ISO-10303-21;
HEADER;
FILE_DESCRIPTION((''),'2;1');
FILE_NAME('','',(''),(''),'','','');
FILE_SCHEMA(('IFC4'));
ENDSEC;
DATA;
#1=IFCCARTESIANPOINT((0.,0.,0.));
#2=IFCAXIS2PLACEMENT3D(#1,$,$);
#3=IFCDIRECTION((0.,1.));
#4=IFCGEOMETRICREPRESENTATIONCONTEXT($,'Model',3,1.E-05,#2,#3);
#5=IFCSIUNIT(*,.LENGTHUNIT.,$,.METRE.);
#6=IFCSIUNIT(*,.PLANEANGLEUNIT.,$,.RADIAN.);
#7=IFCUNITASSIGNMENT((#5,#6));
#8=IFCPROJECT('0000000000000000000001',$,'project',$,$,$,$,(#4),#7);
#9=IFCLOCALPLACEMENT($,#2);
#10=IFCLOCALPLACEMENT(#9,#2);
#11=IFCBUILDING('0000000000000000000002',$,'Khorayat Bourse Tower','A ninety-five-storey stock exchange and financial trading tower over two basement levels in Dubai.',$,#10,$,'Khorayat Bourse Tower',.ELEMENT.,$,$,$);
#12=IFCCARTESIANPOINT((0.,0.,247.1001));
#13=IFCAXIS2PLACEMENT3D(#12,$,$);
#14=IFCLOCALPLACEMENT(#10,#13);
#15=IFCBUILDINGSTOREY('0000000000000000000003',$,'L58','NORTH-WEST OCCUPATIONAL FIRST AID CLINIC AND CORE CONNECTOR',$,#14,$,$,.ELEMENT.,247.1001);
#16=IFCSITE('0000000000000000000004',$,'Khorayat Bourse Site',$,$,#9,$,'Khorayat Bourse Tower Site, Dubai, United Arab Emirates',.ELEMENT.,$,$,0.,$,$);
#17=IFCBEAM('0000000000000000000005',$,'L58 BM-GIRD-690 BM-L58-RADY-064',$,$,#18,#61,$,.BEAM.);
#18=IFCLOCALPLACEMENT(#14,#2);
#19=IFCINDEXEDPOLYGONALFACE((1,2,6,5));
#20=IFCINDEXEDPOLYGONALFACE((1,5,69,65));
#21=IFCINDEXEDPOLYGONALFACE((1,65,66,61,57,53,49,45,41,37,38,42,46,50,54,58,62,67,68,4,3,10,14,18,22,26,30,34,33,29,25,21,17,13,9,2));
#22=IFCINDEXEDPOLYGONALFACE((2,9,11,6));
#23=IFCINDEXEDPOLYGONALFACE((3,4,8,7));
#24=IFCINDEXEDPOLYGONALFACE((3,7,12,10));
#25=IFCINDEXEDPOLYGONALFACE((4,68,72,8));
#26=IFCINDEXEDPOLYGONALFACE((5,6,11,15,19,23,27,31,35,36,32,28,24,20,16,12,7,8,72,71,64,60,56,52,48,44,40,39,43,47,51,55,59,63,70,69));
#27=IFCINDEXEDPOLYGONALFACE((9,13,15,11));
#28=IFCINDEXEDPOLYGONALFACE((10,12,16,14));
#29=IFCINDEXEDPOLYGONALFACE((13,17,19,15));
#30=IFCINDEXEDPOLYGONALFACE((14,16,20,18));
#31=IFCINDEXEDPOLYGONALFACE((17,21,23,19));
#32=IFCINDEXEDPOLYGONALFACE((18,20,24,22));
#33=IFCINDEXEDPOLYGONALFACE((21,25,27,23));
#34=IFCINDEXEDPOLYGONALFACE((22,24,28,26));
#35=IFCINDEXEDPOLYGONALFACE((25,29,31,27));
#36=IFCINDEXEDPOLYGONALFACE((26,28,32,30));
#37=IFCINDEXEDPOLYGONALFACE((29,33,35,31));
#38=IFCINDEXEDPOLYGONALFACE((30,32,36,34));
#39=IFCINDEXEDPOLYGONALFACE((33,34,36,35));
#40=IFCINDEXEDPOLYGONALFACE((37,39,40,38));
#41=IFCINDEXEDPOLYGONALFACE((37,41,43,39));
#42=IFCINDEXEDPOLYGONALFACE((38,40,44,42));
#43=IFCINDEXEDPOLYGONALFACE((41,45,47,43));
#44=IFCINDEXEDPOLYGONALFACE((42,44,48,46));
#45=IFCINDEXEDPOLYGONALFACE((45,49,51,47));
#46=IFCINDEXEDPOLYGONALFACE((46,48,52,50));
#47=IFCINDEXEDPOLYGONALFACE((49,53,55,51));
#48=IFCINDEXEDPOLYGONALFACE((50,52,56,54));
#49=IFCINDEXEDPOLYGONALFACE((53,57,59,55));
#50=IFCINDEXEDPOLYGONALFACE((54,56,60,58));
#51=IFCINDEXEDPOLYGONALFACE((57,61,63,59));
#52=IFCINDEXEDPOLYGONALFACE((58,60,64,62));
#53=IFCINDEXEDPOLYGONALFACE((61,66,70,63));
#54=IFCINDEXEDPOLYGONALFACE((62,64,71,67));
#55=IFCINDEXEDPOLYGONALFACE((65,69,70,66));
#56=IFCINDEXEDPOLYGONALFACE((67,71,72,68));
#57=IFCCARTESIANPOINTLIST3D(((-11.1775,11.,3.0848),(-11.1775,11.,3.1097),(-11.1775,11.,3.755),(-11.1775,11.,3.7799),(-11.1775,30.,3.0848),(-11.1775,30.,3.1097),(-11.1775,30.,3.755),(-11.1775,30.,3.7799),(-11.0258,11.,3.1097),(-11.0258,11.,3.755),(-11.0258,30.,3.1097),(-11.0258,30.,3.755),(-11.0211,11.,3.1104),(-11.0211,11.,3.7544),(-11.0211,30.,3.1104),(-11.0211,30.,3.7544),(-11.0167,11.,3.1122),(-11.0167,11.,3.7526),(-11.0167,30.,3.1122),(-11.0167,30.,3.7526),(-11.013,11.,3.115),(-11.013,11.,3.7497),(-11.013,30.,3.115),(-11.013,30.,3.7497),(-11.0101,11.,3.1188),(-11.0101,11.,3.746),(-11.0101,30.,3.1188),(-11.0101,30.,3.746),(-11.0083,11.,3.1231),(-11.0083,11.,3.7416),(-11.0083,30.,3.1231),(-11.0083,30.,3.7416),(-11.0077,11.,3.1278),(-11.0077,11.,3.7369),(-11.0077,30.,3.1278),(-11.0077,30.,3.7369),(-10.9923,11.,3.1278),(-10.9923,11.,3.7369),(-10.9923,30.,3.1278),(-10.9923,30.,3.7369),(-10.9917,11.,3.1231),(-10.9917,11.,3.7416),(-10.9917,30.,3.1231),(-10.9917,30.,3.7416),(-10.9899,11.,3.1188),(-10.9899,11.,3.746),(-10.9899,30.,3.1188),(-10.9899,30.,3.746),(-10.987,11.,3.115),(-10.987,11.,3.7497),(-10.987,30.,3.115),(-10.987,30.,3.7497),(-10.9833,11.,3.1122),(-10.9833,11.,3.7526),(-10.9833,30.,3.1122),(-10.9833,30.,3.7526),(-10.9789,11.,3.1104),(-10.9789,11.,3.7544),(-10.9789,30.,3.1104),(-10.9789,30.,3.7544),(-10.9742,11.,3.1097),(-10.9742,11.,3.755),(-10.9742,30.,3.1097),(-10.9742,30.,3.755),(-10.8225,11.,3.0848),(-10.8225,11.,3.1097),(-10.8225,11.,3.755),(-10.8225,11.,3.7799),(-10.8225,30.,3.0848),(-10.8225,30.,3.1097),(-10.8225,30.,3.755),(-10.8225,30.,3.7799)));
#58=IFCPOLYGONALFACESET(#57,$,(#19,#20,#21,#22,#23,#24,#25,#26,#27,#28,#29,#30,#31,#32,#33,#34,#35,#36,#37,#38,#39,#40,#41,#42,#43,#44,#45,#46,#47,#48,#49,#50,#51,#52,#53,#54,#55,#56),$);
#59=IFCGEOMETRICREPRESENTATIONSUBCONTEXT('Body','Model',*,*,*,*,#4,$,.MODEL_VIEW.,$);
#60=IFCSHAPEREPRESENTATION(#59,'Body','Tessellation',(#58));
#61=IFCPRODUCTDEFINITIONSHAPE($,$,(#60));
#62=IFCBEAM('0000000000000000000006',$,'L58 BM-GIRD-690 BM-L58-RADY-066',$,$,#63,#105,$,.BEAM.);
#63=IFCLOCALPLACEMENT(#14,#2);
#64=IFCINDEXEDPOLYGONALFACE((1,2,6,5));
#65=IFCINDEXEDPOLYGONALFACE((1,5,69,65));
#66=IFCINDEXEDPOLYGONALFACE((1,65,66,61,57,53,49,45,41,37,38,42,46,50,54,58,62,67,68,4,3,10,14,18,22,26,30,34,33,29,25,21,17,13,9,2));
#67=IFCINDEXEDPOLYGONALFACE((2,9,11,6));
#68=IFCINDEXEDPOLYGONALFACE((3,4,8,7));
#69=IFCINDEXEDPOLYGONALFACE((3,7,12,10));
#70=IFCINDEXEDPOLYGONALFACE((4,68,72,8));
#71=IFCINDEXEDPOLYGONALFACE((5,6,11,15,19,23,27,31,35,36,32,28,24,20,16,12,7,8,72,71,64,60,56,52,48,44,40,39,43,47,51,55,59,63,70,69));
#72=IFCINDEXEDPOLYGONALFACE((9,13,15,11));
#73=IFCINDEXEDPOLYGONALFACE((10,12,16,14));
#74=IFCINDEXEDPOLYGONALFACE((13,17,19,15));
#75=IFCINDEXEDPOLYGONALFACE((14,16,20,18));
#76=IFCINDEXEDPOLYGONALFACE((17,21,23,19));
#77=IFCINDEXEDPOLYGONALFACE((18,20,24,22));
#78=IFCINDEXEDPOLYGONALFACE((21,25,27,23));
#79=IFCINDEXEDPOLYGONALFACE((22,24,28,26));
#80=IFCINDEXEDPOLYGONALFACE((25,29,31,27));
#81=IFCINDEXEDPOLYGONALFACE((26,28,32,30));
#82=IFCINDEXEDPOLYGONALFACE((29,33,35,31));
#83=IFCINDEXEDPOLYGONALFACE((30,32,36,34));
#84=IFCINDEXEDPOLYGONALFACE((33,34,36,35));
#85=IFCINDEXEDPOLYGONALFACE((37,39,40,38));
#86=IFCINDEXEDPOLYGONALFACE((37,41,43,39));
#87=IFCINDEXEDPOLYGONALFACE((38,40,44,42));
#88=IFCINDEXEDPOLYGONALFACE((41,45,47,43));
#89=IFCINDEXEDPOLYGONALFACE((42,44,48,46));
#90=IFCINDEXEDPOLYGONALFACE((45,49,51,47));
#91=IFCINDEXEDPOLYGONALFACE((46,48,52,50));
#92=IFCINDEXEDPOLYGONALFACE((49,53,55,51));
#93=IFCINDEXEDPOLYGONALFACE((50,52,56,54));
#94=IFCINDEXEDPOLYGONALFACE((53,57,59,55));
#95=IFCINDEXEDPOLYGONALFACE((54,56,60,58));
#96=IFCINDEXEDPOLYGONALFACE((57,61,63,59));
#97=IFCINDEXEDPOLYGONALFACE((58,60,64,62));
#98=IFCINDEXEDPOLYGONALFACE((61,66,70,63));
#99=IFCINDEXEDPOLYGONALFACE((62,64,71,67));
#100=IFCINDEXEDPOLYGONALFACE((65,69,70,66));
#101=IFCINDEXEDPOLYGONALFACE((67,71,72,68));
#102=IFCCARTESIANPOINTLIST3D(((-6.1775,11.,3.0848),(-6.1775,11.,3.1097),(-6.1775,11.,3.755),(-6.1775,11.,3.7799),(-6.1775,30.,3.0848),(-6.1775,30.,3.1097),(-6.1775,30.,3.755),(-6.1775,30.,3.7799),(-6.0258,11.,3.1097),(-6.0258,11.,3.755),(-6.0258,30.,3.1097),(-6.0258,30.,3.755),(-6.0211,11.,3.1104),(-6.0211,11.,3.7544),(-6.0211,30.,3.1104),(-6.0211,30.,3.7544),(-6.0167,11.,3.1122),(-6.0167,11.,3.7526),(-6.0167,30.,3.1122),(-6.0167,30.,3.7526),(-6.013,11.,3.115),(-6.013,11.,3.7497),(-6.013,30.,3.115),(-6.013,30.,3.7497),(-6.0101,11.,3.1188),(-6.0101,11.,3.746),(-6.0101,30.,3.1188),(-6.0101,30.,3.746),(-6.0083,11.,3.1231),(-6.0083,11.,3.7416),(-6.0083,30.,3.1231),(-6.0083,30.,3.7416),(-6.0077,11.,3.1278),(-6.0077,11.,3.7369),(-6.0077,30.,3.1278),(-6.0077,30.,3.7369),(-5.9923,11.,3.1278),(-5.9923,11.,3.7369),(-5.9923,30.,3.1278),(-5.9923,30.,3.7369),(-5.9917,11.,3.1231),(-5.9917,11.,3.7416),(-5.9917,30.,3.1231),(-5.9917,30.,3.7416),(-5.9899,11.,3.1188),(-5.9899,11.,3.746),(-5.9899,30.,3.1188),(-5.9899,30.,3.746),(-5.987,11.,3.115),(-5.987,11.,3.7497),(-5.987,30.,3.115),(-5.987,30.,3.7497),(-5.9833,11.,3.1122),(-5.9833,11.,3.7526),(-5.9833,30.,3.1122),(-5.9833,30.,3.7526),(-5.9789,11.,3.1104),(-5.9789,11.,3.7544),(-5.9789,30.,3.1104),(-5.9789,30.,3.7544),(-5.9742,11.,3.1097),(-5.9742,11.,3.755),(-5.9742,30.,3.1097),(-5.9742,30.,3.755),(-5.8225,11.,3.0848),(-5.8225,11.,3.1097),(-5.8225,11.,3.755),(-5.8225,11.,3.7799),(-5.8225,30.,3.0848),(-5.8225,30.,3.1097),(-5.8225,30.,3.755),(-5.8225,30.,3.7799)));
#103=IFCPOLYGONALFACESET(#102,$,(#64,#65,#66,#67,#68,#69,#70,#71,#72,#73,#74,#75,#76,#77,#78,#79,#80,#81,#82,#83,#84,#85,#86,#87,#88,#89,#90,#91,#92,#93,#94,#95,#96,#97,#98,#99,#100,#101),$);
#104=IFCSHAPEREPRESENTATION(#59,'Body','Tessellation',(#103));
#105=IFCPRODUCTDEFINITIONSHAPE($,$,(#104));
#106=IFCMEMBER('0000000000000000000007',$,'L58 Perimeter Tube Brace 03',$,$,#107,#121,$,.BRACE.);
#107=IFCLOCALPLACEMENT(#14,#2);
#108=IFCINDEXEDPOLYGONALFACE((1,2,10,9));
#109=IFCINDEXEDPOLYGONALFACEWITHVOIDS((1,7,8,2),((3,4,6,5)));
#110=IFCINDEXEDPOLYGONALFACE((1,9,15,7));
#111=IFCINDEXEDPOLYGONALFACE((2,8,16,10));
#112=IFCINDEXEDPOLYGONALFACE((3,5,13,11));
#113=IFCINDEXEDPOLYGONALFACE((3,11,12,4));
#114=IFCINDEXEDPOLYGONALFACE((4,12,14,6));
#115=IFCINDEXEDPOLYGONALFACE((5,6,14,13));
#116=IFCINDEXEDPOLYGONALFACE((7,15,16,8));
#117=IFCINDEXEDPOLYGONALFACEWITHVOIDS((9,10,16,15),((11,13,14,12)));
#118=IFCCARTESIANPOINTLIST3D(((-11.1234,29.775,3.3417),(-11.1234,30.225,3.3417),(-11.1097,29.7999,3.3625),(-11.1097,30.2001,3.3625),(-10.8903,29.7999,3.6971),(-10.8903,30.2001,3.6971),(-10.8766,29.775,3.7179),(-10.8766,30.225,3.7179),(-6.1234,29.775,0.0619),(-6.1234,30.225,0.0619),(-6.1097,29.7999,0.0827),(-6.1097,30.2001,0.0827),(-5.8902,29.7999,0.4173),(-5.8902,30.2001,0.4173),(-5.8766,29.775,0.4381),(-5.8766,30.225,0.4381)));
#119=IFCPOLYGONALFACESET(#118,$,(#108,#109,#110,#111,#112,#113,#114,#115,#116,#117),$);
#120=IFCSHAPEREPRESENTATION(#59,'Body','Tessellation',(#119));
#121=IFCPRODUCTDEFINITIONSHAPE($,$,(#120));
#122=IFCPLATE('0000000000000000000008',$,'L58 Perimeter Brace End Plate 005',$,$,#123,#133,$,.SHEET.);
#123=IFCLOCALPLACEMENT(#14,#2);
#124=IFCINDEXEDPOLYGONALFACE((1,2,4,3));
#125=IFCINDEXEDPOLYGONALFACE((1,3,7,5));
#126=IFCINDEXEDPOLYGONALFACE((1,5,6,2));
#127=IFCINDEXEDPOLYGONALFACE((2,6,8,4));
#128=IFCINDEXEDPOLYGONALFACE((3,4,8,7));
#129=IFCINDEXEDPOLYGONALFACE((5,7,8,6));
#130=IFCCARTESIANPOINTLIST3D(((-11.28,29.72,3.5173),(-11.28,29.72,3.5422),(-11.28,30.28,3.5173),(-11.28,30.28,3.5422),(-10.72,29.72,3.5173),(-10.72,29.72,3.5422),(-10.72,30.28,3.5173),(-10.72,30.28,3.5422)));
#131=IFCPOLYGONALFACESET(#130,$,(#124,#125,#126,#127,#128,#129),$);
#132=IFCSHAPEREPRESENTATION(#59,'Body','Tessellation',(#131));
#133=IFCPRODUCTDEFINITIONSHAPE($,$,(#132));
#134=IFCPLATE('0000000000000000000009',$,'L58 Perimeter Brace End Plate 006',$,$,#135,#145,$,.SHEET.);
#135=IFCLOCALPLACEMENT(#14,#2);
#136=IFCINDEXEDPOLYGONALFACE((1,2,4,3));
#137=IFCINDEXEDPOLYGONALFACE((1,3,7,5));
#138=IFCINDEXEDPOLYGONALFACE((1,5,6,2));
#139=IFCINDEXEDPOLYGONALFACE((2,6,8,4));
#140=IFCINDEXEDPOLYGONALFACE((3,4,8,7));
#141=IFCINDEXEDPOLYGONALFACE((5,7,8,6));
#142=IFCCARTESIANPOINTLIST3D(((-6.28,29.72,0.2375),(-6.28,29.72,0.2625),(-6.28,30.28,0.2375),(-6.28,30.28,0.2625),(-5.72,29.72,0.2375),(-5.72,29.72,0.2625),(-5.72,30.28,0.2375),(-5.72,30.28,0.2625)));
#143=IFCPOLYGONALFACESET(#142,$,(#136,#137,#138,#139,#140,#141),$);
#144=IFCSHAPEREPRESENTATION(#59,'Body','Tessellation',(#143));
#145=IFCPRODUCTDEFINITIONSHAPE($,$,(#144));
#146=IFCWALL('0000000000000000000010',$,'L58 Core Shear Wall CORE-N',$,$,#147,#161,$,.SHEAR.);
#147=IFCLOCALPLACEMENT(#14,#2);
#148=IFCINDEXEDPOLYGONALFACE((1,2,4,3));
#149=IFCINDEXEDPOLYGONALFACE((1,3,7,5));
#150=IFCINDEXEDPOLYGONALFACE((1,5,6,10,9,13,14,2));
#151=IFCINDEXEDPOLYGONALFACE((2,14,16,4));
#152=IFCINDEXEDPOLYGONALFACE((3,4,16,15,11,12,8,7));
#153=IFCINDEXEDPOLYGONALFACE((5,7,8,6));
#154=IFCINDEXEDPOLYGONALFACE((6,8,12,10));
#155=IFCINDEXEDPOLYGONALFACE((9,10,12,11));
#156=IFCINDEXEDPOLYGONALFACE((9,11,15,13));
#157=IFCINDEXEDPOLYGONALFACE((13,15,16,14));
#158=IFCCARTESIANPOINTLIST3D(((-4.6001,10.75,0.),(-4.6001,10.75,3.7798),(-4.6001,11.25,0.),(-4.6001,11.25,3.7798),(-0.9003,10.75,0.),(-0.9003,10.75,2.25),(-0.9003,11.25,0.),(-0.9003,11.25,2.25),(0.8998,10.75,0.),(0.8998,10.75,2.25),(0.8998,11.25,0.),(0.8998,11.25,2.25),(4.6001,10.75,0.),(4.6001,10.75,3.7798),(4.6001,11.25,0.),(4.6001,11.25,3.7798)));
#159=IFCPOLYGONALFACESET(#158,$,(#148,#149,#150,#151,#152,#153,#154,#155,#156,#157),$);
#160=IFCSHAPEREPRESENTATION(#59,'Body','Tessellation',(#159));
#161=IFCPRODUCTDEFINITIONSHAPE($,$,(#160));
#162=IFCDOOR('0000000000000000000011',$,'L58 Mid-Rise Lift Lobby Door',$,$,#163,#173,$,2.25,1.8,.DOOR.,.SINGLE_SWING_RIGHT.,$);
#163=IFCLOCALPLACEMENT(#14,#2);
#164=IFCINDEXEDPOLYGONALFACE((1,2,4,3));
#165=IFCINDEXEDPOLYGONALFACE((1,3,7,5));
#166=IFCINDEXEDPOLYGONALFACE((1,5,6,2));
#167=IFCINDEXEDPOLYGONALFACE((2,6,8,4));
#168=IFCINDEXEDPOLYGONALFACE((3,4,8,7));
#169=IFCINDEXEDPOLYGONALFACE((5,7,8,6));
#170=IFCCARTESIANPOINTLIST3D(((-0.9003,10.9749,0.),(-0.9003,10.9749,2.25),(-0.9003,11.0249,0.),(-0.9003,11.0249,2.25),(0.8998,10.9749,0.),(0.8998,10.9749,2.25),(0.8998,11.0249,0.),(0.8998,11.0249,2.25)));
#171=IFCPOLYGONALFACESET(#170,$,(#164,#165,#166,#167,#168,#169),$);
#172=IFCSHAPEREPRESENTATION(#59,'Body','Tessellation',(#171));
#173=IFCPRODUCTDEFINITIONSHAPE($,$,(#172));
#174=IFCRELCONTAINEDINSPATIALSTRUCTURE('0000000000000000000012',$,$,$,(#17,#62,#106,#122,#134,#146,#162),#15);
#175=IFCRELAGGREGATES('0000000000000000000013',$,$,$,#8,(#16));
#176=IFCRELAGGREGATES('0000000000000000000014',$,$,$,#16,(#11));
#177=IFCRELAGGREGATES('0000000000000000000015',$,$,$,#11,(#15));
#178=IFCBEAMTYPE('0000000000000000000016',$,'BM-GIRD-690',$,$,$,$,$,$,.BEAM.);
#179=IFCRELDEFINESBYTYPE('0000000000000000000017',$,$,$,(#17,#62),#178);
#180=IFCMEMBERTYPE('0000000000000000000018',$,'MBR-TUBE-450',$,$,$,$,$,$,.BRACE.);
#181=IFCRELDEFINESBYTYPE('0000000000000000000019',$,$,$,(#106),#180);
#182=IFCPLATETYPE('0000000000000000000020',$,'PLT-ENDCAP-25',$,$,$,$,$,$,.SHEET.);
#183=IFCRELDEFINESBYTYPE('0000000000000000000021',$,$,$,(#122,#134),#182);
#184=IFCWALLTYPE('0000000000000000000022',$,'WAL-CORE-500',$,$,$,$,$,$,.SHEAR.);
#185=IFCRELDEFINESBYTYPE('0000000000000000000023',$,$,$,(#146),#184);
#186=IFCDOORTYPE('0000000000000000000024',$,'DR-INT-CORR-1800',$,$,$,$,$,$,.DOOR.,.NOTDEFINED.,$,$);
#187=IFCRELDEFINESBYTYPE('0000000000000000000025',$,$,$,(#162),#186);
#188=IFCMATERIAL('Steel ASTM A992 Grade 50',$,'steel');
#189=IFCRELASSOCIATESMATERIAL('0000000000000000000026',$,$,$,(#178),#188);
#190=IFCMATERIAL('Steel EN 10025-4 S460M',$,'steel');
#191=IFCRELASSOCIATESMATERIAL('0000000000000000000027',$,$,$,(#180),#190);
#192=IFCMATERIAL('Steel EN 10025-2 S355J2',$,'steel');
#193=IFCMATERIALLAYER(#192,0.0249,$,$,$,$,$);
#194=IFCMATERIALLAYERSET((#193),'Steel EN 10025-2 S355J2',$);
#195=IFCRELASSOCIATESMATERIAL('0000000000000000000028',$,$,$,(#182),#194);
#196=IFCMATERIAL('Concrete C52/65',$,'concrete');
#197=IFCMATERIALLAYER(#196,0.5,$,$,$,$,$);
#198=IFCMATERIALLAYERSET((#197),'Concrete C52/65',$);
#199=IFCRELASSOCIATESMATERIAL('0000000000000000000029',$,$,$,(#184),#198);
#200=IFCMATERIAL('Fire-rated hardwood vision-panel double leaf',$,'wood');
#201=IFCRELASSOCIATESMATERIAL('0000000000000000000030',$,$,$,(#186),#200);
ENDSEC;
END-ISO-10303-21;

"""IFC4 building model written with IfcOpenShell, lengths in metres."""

from ifc_helpers import new_model, si_unit, direction, frame, frame_2d, origin, origin_2d, place, context, subcontext, project, spatial, rectangle, hollow_rectangle, i_section, extrude, source, transform, mapped, material, layer, layer_set, material_profile, profile_set, type_object, element, fill, save


model = new_model("IFC4")

# Units and contexts
model_context = context("Model", 3, precision=1e-05, world=origin(), true_north=direction((0.0, 1.0)))
body_context = subcontext(model_context, "Body", "Model", "MODEL_VIEW")
ifc_project = project(units=[si_unit("LENGTHUNIT", "METRE"), si_unit("PLANEANGLEUNIT", "RADIAN")], contexts=[model_context])

# Site, building, storey
site_placement = place(None, origin())
site = spatial("IfcSite", under=ifc_project, at=site_placement, Name="Khorayat Bourse Site", LongName="Khorayat Bourse Tower Site, Dubai, United Arab Emirates", CompositionType="ELEMENT", RefElevation=0.0)
building_placement = place(site_placement, origin())
building = spatial("IfcBuilding", under=site, at=building_placement, Name="Khorayat Bourse Tower", Description="A ninety-five-storey stock exchange and financial trading tower over two basement levels in Dubai.", LongName="Khorayat Bourse Tower", CompositionType="ELEMENT")
storey_placement = place(building_placement, frame((0.0, 0.0, 247.1001)))
storey = spatial("IfcBuildingStorey", under=building, at=storey_placement, Name="L58", Description="NORTH-WEST OCCUPATIONAL FIRST AID CLINIC AND CORE CONNECTOR", CompositionType="ELEMENT", Elevation=247.1001)

# Shared definitions
ifc_material_1 = material(Name="Steel EN 10025-4 S460M", Category="steel")

# Beams
ifc_material_2 = material(Name="Steel ASTM A992 Grade 50", Category="steel")
ifc_material_profile_1 = material_profile(ifc_material_2, i_section(OverallWidth=0.355, OverallDepth=0.6951, WebThickness=0.0154, FlangeThickness=0.0249, FilletRadius=0.0181, at=origin_2d()), Name="W690X217")
ifc_profile_set_1 = profile_set([ifc_material_profile_1], Name="Steel ASTM A992 Grade 50")
beam_type_1 = type_object("IfcBeamType", Name="BM-GIRD-690", PredefinedType="BEAM", material=ifc_profile_set_1)
shared_shape_1 = source(origin(), body_context, "Body", "SweptSolid", [
    extrude(i_section(OverallWidth=0.355, OverallDepth=0.6951, WebThickness=0.0154, FlangeThickness=0.0249, FilletRadius=0.0181, at=origin_2d()), origin(), (0.0, 0.0, 1.0), 19.0),
])
for number, where, z_axis, x_axis, name in (
    (1, (-11.0, 11.0, 3.4324), (0.0, 1.0, 0.0), (-1.0, 0.0, 0.0), "L58 BM-GIRD-690 BM-L58-RADY-064"),
    (2, (-6.0, 11.0, 3.4324), (0.0, 1.0, 0.0), (-1.0, 0.0, 0.0), "L58 BM-GIRD-690 BM-L58-RADY-066"),
):
    element("IfcBeam", number, at=place(storey_placement, frame(where, z_axis=z_axis, x_axis=x_axis)), inside=storey, type_object=beam_type_1, Name=name, PredefinedType="BEAM", context=body_context, shape_type="MappedRepresentation", body=[
        mapped(shared_shape_1, transform((0.0, 0.0, 0.0), scale=1.0)),
    ])

# Member
ifc_material_profile_2 = material_profile(ifc_material_1, hollow_rectangle(XDim=0.45, YDim=0.45, WallThickness=0.0249, at=origin_2d()), Name="HSS 450x450x25")
ifc_profile_set_2 = profile_set([ifc_material_profile_2], Name="Steel EN 10025-4 S460M")
member_type = type_object("IfcMemberType", Name="MBR-TUBE-450", PredefinedType="BRACE", material=ifc_profile_set_2)
shared_shape_2 = source(origin(), body_context, "Body", "SweptSolid", [
    extrude(hollow_rectangle(XDim=0.45, YDim=0.45, WallThickness=0.0249, at=origin_2d()), origin(), (0.0, 0.0, 1.0), 5.9797),
])
member_placement = place(storey_placement, frame((-11.0, 30.0, 3.5298), z_axis=(0.83616, 0.0, -0.548485), x_axis=(0.0, 1.0, 0.0)))
element("IfcMember", 3, at=member_placement, inside=storey, type_object=member_type, Name="L58 Perimeter Tube Brace 03", PredefinedType="BRACE", context=body_context, shape_type="MappedRepresentation", body=[
    mapped(shared_shape_2, transform((0.0, 0.0, 0.0), scale=1.0)),
])

# Plates
ifc_material_3 = material(Name="Steel EN 10025-2 S355J2", Category="steel")
ifc_layer_1 = layer(ifc_material_3, 0.0249)
ifc_layer_set_1 = layer_set([ifc_layer_1], Name="Steel EN 10025-2 S355J2")
plate_type = type_object("IfcPlateType", Name="PLT-ENDCAP-25", PredefinedType="SHEET", material=ifc_layer_set_1)
shared_shape_3 = source(origin(), body_context, "Body", "SweptSolid", [
    extrude(rectangle(XDim=0.5601, YDim=0.5601, at=origin_2d()), origin(), (0.0, 0.0, 1.0), 0.0249),
])
for number, where, z_axis, x_axis, name in (
    (4, (-11.0, 30.0, 3.5173), (0.0, 0.0, 1.0), (1.0, 0.0, 0.0), "L58 Perimeter Brace End Plate 005"),
    (5, (-6.0, 30.0, 0.2375), (0.0, 0.0, 1.0), (1.0, 0.0, 0.0), "L58 Perimeter Brace End Plate 006"),
):
    element("IfcPlate", number, at=place(storey_placement, frame(where, z_axis=z_axis, x_axis=x_axis)), inside=storey, type_object=plate_type, Name=name, PredefinedType="SHEET", context=body_context, shape_type="MappedRepresentation", body=[
        mapped(shared_shape_3, transform((0.0, 0.0, 0.0), scale=1.0)),
    ])

# Wall, opening, door
ifc_material_4 = material(Name="Concrete C52/65", Category="concrete")
ifc_layer_2 = layer(ifc_material_4, 0.5)
ifc_layer_set_2 = layer_set([ifc_layer_2], Name="Concrete C52/65")
wall_type_1 = type_object("IfcWallType", Name="WAL-CORE-500", PredefinedType="SHEAR", material=ifc_layer_set_2)
shared_shape_4 = source(origin(), body_context, "Body", "SweptSolid", [
    extrude(rectangle(XDim=9.2002, YDim=0.5, at=frame_2d((4.6001, 0.0))), origin(), (0.0, 0.0, 1.0), 3.7798),
])
wall_1_placement = place(storey_placement, frame((-4.6001, 11.0, 0.0), z_axis=(0.0, 0.0, 1.0), x_axis=(1.0, 0.0, 0.0)))
wall_1 = element("IfcWall", 6, at=wall_1_placement, inside=storey, type_object=wall_type_1, Name="L58 Core Shear Wall CORE-N", PredefinedType="SHEAR", context=body_context, shape_type="MappedRepresentation", body=[
    mapped(shared_shape_4, transform((0.0, 0.0, 0.0), scale=1.0)),
])
shared_shape_5 = source(origin(), body_context, "Body", "SweptSolid", [
    extrude(rectangle(XDim=1.8, YDim=2.25, at=frame_2d((0.8999, 1.125))), frame((0.0, 0.26, 0.0), z_axis=(0.0, -1.0, 0.0), x_axis=(1.0, 0.0, 0.0)), (0.0, 0.0, 1.0), 0.52),
])
opening_1_placement = place(wall_1_placement, frame((3.7, 0.0, 0.0)))
opening_1 = element("IfcOpeningElement", 7, at=opening_1_placement, cuts=wall_1, PredefinedType="OPENING", context=body_context, shape_type="MappedRepresentation", body=[
    mapped(shared_shape_5, transform((0.0, 0.0, 0.0), scale=1.0)),
])
ifc_material_5 = material(Name="Fire-rated hardwood vision-panel double leaf", Category="wood")
door_type_1 = type_object("IfcDoorType", Name="DR-INT-CORR-1800", OperationType="NOTDEFINED", PredefinedType="DOOR", material=ifc_material_5)
shared_shape_6 = source(origin(), body_context, "Body", "SweptSolid", [
    extrude(rectangle(XDim=1.8, YDim=2.25, at=frame_2d((0.8999, 1.125))), frame((0.0, 0.0249, 0.0), z_axis=(0.0, -1.0, 0.0), x_axis=(1.0, 0.0, 0.0)), (0.0, 0.0, 1.0), 0.05),
])
door_1_placement = place(opening_1_placement, origin())
door_1 = element("IfcDoor", 8, at=door_1_placement, inside=storey, type_object=door_type_1, Name="L58 Mid-Rise Lift Lobby Door", OperationType="SINGLE_SWING_RIGHT", OverallHeight=2.25, OverallWidth=1.8, PredefinedType="DOOR", context=body_context, shape_type="MappedRepresentation", body=[
    mapped(shared_shape_6, transform((0.0, 0.0, 0.0), scale=1.0)),
])
fill(opening_1, door_1)

save(model, "model.ifc")
